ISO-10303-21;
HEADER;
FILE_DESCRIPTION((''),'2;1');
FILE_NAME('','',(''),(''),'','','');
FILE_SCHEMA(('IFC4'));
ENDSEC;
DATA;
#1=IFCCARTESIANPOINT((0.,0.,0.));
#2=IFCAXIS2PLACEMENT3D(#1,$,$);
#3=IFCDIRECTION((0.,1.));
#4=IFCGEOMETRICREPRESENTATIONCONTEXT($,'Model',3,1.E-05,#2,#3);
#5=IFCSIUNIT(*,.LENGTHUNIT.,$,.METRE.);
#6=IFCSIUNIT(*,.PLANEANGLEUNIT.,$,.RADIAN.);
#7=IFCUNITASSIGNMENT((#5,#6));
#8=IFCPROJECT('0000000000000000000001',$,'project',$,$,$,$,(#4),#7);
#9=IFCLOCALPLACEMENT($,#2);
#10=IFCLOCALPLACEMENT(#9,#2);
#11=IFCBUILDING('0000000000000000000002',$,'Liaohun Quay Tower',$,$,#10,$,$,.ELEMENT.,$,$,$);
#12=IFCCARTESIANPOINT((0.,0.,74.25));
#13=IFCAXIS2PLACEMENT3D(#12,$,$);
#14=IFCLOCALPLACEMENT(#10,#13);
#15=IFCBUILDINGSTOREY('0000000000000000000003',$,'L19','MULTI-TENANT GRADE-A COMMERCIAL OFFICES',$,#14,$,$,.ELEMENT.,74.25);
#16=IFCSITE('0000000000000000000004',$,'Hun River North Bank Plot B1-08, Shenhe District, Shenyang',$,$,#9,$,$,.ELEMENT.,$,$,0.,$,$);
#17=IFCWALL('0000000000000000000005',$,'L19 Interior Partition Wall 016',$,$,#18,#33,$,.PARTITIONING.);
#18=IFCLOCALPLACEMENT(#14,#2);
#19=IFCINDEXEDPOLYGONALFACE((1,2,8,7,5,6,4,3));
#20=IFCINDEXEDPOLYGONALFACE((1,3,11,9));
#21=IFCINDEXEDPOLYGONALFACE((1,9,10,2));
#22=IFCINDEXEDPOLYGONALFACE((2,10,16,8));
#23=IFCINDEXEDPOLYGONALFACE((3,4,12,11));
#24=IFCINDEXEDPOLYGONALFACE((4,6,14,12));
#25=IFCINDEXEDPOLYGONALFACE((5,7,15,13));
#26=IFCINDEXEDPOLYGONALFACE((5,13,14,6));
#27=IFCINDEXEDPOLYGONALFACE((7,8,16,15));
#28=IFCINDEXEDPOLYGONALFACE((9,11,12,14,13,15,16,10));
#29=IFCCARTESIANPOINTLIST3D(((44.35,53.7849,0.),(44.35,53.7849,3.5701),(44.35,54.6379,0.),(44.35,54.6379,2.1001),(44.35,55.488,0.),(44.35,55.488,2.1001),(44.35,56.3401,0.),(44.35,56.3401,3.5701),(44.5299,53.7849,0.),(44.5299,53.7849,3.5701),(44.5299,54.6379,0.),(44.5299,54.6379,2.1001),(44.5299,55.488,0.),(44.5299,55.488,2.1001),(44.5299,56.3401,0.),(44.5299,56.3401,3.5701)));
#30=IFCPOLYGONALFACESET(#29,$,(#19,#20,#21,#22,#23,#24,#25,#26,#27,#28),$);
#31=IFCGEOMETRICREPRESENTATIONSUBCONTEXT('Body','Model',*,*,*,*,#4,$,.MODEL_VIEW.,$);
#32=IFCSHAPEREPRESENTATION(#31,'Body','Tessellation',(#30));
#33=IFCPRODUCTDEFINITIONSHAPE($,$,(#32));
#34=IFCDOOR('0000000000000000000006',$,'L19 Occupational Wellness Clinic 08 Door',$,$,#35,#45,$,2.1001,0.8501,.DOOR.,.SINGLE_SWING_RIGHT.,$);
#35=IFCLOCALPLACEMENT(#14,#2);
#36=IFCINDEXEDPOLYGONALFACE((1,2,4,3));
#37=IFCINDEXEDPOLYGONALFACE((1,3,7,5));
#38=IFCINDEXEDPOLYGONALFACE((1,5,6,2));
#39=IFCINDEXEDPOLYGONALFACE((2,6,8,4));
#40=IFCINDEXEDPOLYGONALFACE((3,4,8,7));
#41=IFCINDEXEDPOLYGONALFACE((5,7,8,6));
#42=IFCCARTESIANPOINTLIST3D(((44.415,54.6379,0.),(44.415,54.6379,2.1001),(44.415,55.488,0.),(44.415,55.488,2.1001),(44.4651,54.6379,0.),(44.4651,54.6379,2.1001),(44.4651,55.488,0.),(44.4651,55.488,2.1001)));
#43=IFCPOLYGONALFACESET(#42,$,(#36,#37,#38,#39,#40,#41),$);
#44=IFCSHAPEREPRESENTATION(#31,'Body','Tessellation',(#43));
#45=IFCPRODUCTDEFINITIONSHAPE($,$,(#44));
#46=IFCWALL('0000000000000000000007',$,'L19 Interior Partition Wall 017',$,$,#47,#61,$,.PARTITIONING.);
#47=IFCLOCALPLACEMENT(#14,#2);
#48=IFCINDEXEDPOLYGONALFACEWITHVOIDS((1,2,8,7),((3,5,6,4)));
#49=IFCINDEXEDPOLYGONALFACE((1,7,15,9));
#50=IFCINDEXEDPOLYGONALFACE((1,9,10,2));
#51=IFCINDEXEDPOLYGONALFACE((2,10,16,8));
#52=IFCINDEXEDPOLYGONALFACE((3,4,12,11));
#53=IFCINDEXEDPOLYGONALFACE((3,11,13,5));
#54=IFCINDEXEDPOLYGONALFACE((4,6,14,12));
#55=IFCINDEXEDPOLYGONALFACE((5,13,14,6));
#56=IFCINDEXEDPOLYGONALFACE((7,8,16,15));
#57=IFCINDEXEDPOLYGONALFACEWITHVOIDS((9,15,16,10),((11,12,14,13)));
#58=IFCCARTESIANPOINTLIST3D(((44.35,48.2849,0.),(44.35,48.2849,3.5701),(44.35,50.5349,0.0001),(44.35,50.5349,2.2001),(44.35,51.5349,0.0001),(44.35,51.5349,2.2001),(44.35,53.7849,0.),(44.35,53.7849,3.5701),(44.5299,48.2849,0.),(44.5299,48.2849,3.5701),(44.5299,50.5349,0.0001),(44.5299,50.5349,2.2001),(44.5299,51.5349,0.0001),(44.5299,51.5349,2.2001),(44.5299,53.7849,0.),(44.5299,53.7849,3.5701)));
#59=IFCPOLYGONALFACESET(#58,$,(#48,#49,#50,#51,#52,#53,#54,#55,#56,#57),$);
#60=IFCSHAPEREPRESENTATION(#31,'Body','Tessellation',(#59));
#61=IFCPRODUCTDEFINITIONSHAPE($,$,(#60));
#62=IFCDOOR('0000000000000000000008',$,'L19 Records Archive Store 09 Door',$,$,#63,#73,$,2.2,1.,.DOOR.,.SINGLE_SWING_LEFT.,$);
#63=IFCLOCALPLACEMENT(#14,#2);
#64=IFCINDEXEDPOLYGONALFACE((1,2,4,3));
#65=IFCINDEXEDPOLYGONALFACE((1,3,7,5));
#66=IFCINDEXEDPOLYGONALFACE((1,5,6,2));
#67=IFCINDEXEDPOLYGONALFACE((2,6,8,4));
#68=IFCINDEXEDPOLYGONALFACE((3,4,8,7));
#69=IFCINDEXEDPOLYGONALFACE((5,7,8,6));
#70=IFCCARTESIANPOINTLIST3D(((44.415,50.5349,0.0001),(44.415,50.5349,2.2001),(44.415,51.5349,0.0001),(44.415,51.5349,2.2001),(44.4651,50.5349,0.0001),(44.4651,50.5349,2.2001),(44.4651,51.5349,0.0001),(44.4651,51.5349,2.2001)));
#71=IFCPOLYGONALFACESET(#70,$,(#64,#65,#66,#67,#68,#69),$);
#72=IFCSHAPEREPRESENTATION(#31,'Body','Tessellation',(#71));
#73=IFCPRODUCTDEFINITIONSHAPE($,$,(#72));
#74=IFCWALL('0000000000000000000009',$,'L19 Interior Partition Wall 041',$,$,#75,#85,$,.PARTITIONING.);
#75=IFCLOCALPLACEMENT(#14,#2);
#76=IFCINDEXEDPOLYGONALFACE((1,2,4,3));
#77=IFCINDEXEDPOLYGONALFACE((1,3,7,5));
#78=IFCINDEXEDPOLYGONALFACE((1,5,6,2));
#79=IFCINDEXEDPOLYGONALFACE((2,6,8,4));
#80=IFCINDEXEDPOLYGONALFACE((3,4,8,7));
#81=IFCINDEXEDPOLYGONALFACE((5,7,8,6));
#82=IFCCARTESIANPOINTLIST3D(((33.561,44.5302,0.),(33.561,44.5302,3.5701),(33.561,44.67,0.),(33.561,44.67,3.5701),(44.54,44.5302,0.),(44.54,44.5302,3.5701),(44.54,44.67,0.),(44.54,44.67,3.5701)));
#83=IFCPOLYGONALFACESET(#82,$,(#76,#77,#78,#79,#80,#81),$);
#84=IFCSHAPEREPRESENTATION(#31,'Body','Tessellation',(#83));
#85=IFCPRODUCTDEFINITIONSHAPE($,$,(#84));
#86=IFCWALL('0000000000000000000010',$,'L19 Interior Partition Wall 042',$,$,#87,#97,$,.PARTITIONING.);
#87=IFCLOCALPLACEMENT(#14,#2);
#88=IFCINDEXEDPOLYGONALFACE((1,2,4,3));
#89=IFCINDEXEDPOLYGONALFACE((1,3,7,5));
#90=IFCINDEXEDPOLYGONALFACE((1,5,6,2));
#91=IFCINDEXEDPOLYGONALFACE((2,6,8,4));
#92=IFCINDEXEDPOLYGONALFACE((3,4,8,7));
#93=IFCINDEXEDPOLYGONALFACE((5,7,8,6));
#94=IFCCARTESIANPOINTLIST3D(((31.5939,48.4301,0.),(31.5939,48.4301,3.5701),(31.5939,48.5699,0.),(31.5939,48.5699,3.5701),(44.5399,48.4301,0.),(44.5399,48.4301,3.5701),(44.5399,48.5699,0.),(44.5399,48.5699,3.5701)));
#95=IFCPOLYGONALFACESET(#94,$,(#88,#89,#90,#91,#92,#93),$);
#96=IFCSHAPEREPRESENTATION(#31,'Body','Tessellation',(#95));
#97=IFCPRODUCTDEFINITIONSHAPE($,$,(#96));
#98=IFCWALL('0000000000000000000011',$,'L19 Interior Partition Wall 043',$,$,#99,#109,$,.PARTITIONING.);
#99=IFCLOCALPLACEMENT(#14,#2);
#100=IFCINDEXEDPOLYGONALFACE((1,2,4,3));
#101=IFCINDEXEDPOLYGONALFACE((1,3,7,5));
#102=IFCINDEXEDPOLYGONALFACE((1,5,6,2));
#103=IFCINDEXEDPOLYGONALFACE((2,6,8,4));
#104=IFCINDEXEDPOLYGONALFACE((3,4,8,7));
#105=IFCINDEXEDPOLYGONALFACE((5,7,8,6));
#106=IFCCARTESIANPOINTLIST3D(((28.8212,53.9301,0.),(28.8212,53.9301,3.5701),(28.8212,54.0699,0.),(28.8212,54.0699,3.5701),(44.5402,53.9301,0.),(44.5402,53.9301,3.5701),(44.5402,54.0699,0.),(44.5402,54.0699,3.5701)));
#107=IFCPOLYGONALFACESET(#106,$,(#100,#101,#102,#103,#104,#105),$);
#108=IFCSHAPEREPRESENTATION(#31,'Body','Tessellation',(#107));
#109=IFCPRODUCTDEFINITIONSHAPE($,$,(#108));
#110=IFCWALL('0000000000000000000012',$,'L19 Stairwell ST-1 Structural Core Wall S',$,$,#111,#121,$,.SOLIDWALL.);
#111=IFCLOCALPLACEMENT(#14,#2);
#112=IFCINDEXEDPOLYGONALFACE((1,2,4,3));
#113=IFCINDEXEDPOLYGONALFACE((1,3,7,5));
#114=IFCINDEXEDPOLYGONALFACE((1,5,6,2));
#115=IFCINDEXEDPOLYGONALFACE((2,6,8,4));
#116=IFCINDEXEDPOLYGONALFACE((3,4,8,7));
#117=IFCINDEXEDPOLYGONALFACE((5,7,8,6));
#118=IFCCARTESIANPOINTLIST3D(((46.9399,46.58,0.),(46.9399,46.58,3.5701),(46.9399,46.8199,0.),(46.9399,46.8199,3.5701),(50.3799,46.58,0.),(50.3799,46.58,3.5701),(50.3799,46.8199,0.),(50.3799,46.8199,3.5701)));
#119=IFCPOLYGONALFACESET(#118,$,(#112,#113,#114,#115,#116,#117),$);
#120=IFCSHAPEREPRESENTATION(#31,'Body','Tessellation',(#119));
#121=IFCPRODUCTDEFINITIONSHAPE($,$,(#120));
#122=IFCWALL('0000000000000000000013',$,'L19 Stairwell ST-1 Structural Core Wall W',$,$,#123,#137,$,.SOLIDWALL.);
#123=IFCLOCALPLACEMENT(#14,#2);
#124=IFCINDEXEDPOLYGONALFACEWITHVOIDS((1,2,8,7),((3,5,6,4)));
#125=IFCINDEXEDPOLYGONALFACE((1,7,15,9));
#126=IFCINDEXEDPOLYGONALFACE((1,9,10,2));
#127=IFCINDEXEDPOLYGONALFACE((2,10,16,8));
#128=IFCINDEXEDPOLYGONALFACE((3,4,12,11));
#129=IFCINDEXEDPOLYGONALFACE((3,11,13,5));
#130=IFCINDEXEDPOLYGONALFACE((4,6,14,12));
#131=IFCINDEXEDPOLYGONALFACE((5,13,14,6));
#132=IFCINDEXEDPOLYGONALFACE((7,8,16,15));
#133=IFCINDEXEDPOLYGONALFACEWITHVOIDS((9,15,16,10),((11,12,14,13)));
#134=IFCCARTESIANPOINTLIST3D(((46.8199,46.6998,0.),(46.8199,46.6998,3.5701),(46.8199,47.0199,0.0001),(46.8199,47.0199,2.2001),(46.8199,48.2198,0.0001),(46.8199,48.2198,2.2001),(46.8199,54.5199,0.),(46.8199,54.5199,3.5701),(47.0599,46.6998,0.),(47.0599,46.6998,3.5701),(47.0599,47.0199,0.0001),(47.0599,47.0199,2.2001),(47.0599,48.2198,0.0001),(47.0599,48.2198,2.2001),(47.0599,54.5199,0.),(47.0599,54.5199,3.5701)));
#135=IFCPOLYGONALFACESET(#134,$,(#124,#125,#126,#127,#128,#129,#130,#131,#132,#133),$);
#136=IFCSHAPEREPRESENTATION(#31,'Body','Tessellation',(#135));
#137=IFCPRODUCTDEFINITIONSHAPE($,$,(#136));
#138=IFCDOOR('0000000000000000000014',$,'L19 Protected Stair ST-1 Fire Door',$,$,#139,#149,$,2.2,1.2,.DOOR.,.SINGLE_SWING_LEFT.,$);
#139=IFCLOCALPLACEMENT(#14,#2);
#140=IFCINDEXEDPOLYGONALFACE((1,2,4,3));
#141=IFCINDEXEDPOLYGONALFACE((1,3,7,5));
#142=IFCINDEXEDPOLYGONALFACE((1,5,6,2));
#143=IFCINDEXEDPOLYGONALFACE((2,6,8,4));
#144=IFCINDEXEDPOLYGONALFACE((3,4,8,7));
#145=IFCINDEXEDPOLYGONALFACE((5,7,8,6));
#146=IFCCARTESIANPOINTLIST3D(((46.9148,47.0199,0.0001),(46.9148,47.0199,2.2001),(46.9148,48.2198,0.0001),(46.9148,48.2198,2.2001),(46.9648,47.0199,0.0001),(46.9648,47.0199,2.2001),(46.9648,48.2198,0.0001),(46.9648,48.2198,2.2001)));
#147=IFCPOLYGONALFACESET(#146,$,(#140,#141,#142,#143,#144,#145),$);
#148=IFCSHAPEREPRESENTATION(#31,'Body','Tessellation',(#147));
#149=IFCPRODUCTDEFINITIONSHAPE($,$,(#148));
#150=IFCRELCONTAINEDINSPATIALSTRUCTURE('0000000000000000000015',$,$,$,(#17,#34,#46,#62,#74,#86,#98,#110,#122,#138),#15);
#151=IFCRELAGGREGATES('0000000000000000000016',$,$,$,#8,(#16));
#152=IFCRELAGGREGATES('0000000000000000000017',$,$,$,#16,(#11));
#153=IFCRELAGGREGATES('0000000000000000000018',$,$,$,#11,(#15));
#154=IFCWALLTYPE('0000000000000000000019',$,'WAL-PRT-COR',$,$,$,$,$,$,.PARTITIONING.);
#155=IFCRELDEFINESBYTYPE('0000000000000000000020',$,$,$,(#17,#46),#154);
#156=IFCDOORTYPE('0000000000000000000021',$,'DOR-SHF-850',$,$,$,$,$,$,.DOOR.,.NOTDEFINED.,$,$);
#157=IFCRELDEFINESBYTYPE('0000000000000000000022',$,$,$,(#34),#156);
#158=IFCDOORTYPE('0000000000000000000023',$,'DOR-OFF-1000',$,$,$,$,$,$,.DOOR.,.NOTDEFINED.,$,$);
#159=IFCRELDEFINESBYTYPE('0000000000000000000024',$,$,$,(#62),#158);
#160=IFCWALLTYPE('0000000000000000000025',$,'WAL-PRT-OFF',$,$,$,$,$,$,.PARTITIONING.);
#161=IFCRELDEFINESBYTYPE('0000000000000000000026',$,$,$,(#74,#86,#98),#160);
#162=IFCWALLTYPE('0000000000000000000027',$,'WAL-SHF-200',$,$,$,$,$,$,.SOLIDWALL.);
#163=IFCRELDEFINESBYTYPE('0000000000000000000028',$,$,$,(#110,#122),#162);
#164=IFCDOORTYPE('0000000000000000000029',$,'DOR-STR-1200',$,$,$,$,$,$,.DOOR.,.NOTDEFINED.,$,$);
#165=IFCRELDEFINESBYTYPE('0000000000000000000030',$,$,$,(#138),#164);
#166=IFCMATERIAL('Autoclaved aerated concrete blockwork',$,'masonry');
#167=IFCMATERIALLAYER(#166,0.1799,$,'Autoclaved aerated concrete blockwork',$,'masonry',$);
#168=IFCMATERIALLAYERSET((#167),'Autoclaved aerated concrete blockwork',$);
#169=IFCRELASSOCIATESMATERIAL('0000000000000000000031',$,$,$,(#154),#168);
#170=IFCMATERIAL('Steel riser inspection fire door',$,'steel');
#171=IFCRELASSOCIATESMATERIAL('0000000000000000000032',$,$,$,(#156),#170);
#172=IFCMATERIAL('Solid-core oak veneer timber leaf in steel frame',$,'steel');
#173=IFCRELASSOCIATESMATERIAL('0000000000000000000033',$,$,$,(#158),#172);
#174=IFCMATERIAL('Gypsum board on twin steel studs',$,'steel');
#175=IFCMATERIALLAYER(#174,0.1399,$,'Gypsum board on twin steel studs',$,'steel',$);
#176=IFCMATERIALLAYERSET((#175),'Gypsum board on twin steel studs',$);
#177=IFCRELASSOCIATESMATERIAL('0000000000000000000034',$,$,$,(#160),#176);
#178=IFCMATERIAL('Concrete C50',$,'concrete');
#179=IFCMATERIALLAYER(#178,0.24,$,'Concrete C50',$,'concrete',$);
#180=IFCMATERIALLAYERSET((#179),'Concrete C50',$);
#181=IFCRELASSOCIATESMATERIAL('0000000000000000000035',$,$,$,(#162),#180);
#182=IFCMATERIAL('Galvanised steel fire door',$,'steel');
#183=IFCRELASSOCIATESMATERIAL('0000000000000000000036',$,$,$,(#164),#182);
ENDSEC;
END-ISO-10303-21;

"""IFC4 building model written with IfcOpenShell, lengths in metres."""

from ifc_helpers import new_model, si_unit, direction, frame, frame_2d, origin, place, context, subcontext, project, spatial, rectangle, extrude, source, transform, mapped, material, layer, layer_set, type_object, element, fill, save


model = new_model("IFC4")

# Units and contexts
model_context = context("Model", 3, precision=1e-05, world=origin(), true_north=direction((0.0, 1.0)))
body_context = subcontext(model_context, "Body", "Model", "MODEL_VIEW")
ifc_project = project(units=[si_unit("LENGTHUNIT", "METRE"), si_unit("PLANEANGLEUNIT", "RADIAN")], contexts=[model_context])

# Site, building, storey
site_placement = place(None, origin())
site = spatial("IfcSite", under=ifc_project, at=site_placement, Name="Hun River North Bank Plot B1-08, Shenhe District, Shenyang", CompositionType="ELEMENT", RefElevation=0.0)
building_placement = place(site_placement, origin())
building = spatial("IfcBuilding", under=site, at=building_placement, Name="Liaohun Quay Tower", CompositionType="ELEMENT")
storey_placement = place(building_placement, frame((0.0, 0.0, 74.25)))
storey = spatial("IfcBuildingStorey", under=building, at=storey_placement, Name="L19", Description="MULTI-TENANT GRADE-A COMMERCIAL OFFICES", CompositionType="ELEMENT", Elevation=74.25)

# Walls, openings, doors
ifc_material_1 = material(Name="Autoclaved aerated concrete blockwork", Category="masonry")
ifc_layer_1 = layer(ifc_material_1, 0.1799, Name="Autoclaved aerated concrete blockwork", Category="masonry")
ifc_layer_set_1 = layer_set([ifc_layer_1], Name="Autoclaved aerated concrete blockwork")
wall_type_1 = type_object("IfcWallType", Name="WAL-PRT-COR", PredefinedType="PARTITIONING", material=ifc_layer_set_1)
wall_1_placement = place(storey_placement, frame((44.4399, 53.7849, 0.0), z_axis=(0.0, 0.0, 1.0), x_axis=(0.0, 1.0, 0.0)))
wall_1 = element("IfcWall", 1, at=wall_1_placement, inside=storey, type_object=wall_type_1, Name="L19 Interior Partition Wall 016", PredefinedType="PARTITIONING", context=body_context, shape_type="SweptSolid", body=[
    extrude(rectangle(XDim=2.5552, YDim=0.1799, at=frame_2d((1.2776, 0.0))), origin(), (0.0, 0.0, 1.0), 3.5701),
])
shared_shape_1 = source(origin(), body_context, "Body", "SweptSolid", [
    extrude(rectangle(XDim=0.8501, YDim=2.1001, at=frame_2d((0.425, 1.05))), frame((0.0, 0.0999, 0.0), z_axis=(0.0, -1.0, 0.0), x_axis=(1.0, 0.0, 0.0)), (0.0, 0.0, 1.0), 0.2),
])
opening_1_placement = place(wall_1_placement, frame((0.853, 0.0, 0.0)))
opening_1 = element("IfcOpeningElement", 2, at=opening_1_placement, cuts=wall_1, PredefinedType="OPENING", context=body_context, shape_type="MappedRepresentation", body=[
    mapped(shared_shape_1, transform((0.0, 0.0, 0.0), x_axis=(1.0, 0.0, 0.0), y_axis=(0.0, 1.0, 0.0), z_axis=(0.0, 0.0, 1.0), scale=1.0)),
])
ifc_material_2 = material(Name="Steel riser inspection fire door", Category="steel")
door_type_1 = type_object("IfcDoorType", Name="DOR-SHF-850", OperationType="NOTDEFINED", PredefinedType="DOOR", material=ifc_material_2)
shared_shape_2 = source(origin(), body_context, "Body", "SweptSolid", [
    extrude(rectangle(XDim=0.8501, YDim=2.1001, at=frame_2d((0.425, 1.05))), frame((0.0, 0.0249, 0.0), z_axis=(0.0, -1.0, 0.0), x_axis=(1.0, 0.0, 0.0)), (0.0, 0.0, 1.0), 0.05),
])
door_1_placement = place(opening_1_placement, origin())
door_1 = element("IfcDoor", 3, at=door_1_placement, inside=storey, type_object=door_type_1, Name="L19 Occupational Wellness Clinic 08 Door", OperationType="SINGLE_SWING_RIGHT", OverallHeight=2.1001, OverallWidth=0.8501, PredefinedType="DOOR", context=body_context, shape_type="MappedRepresentation", body=[
    mapped(shared_shape_2, transform((0.0, 0.0, 0.0), x_axis=(1.0, 0.0, 0.0), y_axis=(0.0, 1.0, 0.0), z_axis=(0.0, 0.0, 1.0), scale=1.0)),
])
fill(opening_1, door_1)
wall_2_placement = place(storey_placement, frame((44.4399, 48.2849, 0.0), z_axis=(0.0, 0.0, 1.0), x_axis=(0.0, 1.0, 0.0)))
wall_2 = element("IfcWall", 4, at=wall_2_placement, inside=storey, type_object=wall_type_1, Name="L19 Interior Partition Wall 017", PredefinedType="PARTITIONING", context=body_context, shape_type="SweptSolid", body=[
    extrude(rectangle(XDim=5.5, YDim=0.1799, at=frame_2d((2.75, 0.0))), origin(), (0.0, 0.0, 1.0), 3.5701),
])
shared_shape_3 = source(origin(), body_context, "Body", "SweptSolid", [
    extrude(rectangle(XDim=1.0, YDim=2.2, at=frame_2d((0.5, 1.1001))), frame((0.0, 0.0999, 0.0), z_axis=(0.0, -1.0, 0.0), x_axis=(1.0, 0.0, 0.0)), (0.0, 0.0, 1.0), 0.2),
])
opening_2_placement = place(wall_2_placement, frame((2.25, 0.0, 0.0)))
opening_2 = element("IfcOpeningElement", 5, at=opening_2_placement, cuts=wall_2, PredefinedType="OPENING", context=body_context, shape_type="MappedRepresentation", body=[
    mapped(shared_shape_3, transform((0.0, 0.0, 0.0), x_axis=(1.0, 0.0, 0.0), y_axis=(0.0, 1.0, 0.0), z_axis=(0.0, 0.0, 1.0), scale=1.0)),
])
ifc_material_3 = material(Name="Solid-core oak veneer timber leaf in steel frame", Category="steel")
door_type_2 = type_object("IfcDoorType", Name="DOR-OFF-1000", OperationType="NOTDEFINED", PredefinedType="DOOR", material=ifc_material_3)
shared_shape_4 = source(origin(), body_context, "Body", "SweptSolid", [
    extrude(rectangle(XDim=1.0, YDim=2.2, at=frame_2d((0.5, 1.1001))), frame((0.0, 0.0249, 0.0), z_axis=(0.0, -1.0, 0.0), x_axis=(1.0, 0.0, 0.0)), (0.0, 0.0, 1.0), 0.05),
])
door_2_placement = place(opening_2_placement, origin())
door_2 = element("IfcDoor", 6, at=door_2_placement, inside=storey, type_object=door_type_2, Name="L19 Records Archive Store 09 Door", OperationType="SINGLE_SWING_LEFT", OverallHeight=2.2, OverallWidth=1.0, PredefinedType="DOOR", context=body_context, shape_type="MappedRepresentation", body=[
    mapped(shared_shape_4, transform((0.0, 0.0, 0.0), x_axis=(1.0, 0.0, 0.0), y_axis=(0.0, 1.0, 0.0), z_axis=(0.0, 0.0, 1.0), scale=1.0)),
])
fill(opening_2, door_2)

# Walls
ifc_material_4 = material(Name="Gypsum board on twin steel studs", Category="steel")
ifc_layer_2 = layer(ifc_material_4, 0.1399, Name="Gypsum board on twin steel studs", Category="steel")
ifc_layer_set_2 = layer_set([ifc_layer_2], Name="Gypsum board on twin steel studs")
wall_type_2 = type_object("IfcWallType", Name="WAL-PRT-OFF", PredefinedType="PARTITIONING", material=ifc_layer_set_2)
wall_3_placement = place(storey_placement, frame((44.54, 44.6001, 0.0), z_axis=(0.0, 0.0, 1.0), x_axis=(-1.0, 0.0, 0.0)))
element("IfcWall", 7, at=wall_3_placement, inside=storey, type_object=wall_type_2, Name="L19 Interior Partition Wall 041", PredefinedType="PARTITIONING", context=body_context, shape_type="SweptSolid", body=[
    extrude(rectangle(XDim=10.979, YDim=0.1399, at=frame_2d((5.4895, 0.0))), origin(), (0.0, 0.0, 1.0), 3.5701),
])
wall_4_placement = place(storey_placement, frame((44.54, 48.5, 0.0), z_axis=(0.0, 0.0, 1.0), x_axis=(-1.0, 0.0, 0.0)))
element("IfcWall", 8, at=wall_4_placement, inside=storey, type_object=wall_type_2, Name="L19 Interior Partition Wall 042", PredefinedType="PARTITIONING", context=body_context, shape_type="SweptSolid", body=[
    extrude(rectangle(XDim=12.946, YDim=0.1399, at=frame_2d((6.4731, 0.0))), origin(), (0.0, 0.0, 1.0), 3.5701),
])
wall_5_placement = place(storey_placement, frame((44.54, 54.0, 0.0), z_axis=(0.0, 0.0, 1.0), x_axis=(-1.0, 0.0, 0.0)))
element("IfcWall", 9, at=wall_5_placement, inside=storey, type_object=wall_type_2, Name="L19 Interior Partition Wall 043", PredefinedType="PARTITIONING", context=body_context, shape_type="SweptSolid", body=[
    extrude(rectangle(XDim=15.719, YDim=0.1399, at=frame_2d((7.8594, 0.0))), origin(), (0.0, 0.0, 1.0), 3.5701),
])
ifc_material_5 = material(Name="Concrete C50", Category="concrete")
ifc_layer_3 = layer(ifc_material_5, 0.24, Name="Concrete C50", Category="concrete")
ifc_layer_set_3 = layer_set([ifc_layer_3], Name="Concrete C50")
wall_type_3 = type_object("IfcWallType", Name="WAL-SHF-200", PredefinedType="SOLIDWALL", material=ifc_layer_set_3)
wall_6_placement = place(storey_placement, frame((46.9399, 46.7, 0.0), z_axis=(0.0, 0.0, 1.0), x_axis=(1.0, 0.0, 0.0)))
element("IfcWall", 10, at=wall_6_placement, inside=storey, type_object=wall_type_3, Name="L19 Stairwell ST-1 Structural Core Wall S", PredefinedType="SOLIDWALL", context=body_context, shape_type="SweptSolid", body=[
    extrude(rectangle(XDim=3.4399, YDim=0.24, at=frame_2d((1.72, 0.0))), origin(), (0.0, 0.0, 1.0), 3.5701),
])

# Wall, opening, door
wall_7_placement = place(storey_placement, frame((46.9399, 54.52, 0.0), z_axis=(0.0, 0.0, 1.0), x_axis=(0.0, -1.0, 0.0)))
wall_7 = element("IfcWall", 11, at=wall_7_placement, inside=storey, type_object=wall_type_3, Name="L19 Stairwell ST-1 Structural Core Wall W", PredefinedType="SOLIDWALL", context=body_context, shape_type="SweptSolid", body=[
    extrude(rectangle(XDim=7.8201, YDim=0.24, at=frame_2d((3.9102, 0.0))), origin(), (0.0, 0.0, 1.0), 3.5701),
])
shared_shape_5 = source(origin(), body_context, "Body", "SweptSolid", [
    extrude(rectangle(XDim=1.2, YDim=2.2, at=frame_2d((0.6001, 1.1001))), frame((0.0, 0.1299, 0.0), z_axis=(0.0, -1.0, 0.0), x_axis=(1.0, 0.0, 0.0)), (0.0, 0.0, 1.0), 0.26),
])
opening_3_placement = place(wall_7_placement, frame((6.3, 0.0, 0.0)))
opening_3 = element("IfcOpeningElement", 12, at=opening_3_placement, cuts=wall_7, PredefinedType="OPENING", context=body_context, shape_type="MappedRepresentation", body=[
    mapped(shared_shape_5, transform((0.0, 0.0, 0.0), x_axis=(1.0, 0.0, 0.0), y_axis=(0.0, 1.0, 0.0), z_axis=(0.0, 0.0, 1.0), scale=1.0)),
])
ifc_material_6 = material(Name="Galvanised steel fire door", Category="steel")
door_type_3 = type_object("IfcDoorType", Name="DOR-STR-1200", OperationType="NOTDEFINED", PredefinedType="DOOR", material=ifc_material_6)
shared_shape_6 = source(origin(), body_context, "Body", "SweptSolid", [
    extrude(rectangle(XDim=1.2, YDim=2.2, at=frame_2d((0.6001, 1.1001))), frame((0.0, 0.0249, 0.0), z_axis=(0.0, -1.0, 0.0), x_axis=(1.0, 0.0, 0.0)), (0.0, 0.0, 1.0), 0.05),
])
door_3_placement = place(opening_3_placement, origin())
door_3 = element("IfcDoor", 13, at=door_3_placement, inside=storey, type_object=door_type_3, Name="L19 Protected Stair ST-1 Fire Door", OperationType="SINGLE_SWING_LEFT", OverallHeight=2.2, OverallWidth=1.2, PredefinedType="DOOR", context=body_context, shape_type="MappedRepresentation", body=[
    mapped(shared_shape_6, transform((0.0, 0.0, 0.0), x_axis=(1.0, 0.0, 0.0), y_axis=(0.0, 1.0, 0.0), z_axis=(0.0, 0.0, 1.0), scale=1.0)),
])
fill(opening_3, door_3)

save(model, "model.ifc")
